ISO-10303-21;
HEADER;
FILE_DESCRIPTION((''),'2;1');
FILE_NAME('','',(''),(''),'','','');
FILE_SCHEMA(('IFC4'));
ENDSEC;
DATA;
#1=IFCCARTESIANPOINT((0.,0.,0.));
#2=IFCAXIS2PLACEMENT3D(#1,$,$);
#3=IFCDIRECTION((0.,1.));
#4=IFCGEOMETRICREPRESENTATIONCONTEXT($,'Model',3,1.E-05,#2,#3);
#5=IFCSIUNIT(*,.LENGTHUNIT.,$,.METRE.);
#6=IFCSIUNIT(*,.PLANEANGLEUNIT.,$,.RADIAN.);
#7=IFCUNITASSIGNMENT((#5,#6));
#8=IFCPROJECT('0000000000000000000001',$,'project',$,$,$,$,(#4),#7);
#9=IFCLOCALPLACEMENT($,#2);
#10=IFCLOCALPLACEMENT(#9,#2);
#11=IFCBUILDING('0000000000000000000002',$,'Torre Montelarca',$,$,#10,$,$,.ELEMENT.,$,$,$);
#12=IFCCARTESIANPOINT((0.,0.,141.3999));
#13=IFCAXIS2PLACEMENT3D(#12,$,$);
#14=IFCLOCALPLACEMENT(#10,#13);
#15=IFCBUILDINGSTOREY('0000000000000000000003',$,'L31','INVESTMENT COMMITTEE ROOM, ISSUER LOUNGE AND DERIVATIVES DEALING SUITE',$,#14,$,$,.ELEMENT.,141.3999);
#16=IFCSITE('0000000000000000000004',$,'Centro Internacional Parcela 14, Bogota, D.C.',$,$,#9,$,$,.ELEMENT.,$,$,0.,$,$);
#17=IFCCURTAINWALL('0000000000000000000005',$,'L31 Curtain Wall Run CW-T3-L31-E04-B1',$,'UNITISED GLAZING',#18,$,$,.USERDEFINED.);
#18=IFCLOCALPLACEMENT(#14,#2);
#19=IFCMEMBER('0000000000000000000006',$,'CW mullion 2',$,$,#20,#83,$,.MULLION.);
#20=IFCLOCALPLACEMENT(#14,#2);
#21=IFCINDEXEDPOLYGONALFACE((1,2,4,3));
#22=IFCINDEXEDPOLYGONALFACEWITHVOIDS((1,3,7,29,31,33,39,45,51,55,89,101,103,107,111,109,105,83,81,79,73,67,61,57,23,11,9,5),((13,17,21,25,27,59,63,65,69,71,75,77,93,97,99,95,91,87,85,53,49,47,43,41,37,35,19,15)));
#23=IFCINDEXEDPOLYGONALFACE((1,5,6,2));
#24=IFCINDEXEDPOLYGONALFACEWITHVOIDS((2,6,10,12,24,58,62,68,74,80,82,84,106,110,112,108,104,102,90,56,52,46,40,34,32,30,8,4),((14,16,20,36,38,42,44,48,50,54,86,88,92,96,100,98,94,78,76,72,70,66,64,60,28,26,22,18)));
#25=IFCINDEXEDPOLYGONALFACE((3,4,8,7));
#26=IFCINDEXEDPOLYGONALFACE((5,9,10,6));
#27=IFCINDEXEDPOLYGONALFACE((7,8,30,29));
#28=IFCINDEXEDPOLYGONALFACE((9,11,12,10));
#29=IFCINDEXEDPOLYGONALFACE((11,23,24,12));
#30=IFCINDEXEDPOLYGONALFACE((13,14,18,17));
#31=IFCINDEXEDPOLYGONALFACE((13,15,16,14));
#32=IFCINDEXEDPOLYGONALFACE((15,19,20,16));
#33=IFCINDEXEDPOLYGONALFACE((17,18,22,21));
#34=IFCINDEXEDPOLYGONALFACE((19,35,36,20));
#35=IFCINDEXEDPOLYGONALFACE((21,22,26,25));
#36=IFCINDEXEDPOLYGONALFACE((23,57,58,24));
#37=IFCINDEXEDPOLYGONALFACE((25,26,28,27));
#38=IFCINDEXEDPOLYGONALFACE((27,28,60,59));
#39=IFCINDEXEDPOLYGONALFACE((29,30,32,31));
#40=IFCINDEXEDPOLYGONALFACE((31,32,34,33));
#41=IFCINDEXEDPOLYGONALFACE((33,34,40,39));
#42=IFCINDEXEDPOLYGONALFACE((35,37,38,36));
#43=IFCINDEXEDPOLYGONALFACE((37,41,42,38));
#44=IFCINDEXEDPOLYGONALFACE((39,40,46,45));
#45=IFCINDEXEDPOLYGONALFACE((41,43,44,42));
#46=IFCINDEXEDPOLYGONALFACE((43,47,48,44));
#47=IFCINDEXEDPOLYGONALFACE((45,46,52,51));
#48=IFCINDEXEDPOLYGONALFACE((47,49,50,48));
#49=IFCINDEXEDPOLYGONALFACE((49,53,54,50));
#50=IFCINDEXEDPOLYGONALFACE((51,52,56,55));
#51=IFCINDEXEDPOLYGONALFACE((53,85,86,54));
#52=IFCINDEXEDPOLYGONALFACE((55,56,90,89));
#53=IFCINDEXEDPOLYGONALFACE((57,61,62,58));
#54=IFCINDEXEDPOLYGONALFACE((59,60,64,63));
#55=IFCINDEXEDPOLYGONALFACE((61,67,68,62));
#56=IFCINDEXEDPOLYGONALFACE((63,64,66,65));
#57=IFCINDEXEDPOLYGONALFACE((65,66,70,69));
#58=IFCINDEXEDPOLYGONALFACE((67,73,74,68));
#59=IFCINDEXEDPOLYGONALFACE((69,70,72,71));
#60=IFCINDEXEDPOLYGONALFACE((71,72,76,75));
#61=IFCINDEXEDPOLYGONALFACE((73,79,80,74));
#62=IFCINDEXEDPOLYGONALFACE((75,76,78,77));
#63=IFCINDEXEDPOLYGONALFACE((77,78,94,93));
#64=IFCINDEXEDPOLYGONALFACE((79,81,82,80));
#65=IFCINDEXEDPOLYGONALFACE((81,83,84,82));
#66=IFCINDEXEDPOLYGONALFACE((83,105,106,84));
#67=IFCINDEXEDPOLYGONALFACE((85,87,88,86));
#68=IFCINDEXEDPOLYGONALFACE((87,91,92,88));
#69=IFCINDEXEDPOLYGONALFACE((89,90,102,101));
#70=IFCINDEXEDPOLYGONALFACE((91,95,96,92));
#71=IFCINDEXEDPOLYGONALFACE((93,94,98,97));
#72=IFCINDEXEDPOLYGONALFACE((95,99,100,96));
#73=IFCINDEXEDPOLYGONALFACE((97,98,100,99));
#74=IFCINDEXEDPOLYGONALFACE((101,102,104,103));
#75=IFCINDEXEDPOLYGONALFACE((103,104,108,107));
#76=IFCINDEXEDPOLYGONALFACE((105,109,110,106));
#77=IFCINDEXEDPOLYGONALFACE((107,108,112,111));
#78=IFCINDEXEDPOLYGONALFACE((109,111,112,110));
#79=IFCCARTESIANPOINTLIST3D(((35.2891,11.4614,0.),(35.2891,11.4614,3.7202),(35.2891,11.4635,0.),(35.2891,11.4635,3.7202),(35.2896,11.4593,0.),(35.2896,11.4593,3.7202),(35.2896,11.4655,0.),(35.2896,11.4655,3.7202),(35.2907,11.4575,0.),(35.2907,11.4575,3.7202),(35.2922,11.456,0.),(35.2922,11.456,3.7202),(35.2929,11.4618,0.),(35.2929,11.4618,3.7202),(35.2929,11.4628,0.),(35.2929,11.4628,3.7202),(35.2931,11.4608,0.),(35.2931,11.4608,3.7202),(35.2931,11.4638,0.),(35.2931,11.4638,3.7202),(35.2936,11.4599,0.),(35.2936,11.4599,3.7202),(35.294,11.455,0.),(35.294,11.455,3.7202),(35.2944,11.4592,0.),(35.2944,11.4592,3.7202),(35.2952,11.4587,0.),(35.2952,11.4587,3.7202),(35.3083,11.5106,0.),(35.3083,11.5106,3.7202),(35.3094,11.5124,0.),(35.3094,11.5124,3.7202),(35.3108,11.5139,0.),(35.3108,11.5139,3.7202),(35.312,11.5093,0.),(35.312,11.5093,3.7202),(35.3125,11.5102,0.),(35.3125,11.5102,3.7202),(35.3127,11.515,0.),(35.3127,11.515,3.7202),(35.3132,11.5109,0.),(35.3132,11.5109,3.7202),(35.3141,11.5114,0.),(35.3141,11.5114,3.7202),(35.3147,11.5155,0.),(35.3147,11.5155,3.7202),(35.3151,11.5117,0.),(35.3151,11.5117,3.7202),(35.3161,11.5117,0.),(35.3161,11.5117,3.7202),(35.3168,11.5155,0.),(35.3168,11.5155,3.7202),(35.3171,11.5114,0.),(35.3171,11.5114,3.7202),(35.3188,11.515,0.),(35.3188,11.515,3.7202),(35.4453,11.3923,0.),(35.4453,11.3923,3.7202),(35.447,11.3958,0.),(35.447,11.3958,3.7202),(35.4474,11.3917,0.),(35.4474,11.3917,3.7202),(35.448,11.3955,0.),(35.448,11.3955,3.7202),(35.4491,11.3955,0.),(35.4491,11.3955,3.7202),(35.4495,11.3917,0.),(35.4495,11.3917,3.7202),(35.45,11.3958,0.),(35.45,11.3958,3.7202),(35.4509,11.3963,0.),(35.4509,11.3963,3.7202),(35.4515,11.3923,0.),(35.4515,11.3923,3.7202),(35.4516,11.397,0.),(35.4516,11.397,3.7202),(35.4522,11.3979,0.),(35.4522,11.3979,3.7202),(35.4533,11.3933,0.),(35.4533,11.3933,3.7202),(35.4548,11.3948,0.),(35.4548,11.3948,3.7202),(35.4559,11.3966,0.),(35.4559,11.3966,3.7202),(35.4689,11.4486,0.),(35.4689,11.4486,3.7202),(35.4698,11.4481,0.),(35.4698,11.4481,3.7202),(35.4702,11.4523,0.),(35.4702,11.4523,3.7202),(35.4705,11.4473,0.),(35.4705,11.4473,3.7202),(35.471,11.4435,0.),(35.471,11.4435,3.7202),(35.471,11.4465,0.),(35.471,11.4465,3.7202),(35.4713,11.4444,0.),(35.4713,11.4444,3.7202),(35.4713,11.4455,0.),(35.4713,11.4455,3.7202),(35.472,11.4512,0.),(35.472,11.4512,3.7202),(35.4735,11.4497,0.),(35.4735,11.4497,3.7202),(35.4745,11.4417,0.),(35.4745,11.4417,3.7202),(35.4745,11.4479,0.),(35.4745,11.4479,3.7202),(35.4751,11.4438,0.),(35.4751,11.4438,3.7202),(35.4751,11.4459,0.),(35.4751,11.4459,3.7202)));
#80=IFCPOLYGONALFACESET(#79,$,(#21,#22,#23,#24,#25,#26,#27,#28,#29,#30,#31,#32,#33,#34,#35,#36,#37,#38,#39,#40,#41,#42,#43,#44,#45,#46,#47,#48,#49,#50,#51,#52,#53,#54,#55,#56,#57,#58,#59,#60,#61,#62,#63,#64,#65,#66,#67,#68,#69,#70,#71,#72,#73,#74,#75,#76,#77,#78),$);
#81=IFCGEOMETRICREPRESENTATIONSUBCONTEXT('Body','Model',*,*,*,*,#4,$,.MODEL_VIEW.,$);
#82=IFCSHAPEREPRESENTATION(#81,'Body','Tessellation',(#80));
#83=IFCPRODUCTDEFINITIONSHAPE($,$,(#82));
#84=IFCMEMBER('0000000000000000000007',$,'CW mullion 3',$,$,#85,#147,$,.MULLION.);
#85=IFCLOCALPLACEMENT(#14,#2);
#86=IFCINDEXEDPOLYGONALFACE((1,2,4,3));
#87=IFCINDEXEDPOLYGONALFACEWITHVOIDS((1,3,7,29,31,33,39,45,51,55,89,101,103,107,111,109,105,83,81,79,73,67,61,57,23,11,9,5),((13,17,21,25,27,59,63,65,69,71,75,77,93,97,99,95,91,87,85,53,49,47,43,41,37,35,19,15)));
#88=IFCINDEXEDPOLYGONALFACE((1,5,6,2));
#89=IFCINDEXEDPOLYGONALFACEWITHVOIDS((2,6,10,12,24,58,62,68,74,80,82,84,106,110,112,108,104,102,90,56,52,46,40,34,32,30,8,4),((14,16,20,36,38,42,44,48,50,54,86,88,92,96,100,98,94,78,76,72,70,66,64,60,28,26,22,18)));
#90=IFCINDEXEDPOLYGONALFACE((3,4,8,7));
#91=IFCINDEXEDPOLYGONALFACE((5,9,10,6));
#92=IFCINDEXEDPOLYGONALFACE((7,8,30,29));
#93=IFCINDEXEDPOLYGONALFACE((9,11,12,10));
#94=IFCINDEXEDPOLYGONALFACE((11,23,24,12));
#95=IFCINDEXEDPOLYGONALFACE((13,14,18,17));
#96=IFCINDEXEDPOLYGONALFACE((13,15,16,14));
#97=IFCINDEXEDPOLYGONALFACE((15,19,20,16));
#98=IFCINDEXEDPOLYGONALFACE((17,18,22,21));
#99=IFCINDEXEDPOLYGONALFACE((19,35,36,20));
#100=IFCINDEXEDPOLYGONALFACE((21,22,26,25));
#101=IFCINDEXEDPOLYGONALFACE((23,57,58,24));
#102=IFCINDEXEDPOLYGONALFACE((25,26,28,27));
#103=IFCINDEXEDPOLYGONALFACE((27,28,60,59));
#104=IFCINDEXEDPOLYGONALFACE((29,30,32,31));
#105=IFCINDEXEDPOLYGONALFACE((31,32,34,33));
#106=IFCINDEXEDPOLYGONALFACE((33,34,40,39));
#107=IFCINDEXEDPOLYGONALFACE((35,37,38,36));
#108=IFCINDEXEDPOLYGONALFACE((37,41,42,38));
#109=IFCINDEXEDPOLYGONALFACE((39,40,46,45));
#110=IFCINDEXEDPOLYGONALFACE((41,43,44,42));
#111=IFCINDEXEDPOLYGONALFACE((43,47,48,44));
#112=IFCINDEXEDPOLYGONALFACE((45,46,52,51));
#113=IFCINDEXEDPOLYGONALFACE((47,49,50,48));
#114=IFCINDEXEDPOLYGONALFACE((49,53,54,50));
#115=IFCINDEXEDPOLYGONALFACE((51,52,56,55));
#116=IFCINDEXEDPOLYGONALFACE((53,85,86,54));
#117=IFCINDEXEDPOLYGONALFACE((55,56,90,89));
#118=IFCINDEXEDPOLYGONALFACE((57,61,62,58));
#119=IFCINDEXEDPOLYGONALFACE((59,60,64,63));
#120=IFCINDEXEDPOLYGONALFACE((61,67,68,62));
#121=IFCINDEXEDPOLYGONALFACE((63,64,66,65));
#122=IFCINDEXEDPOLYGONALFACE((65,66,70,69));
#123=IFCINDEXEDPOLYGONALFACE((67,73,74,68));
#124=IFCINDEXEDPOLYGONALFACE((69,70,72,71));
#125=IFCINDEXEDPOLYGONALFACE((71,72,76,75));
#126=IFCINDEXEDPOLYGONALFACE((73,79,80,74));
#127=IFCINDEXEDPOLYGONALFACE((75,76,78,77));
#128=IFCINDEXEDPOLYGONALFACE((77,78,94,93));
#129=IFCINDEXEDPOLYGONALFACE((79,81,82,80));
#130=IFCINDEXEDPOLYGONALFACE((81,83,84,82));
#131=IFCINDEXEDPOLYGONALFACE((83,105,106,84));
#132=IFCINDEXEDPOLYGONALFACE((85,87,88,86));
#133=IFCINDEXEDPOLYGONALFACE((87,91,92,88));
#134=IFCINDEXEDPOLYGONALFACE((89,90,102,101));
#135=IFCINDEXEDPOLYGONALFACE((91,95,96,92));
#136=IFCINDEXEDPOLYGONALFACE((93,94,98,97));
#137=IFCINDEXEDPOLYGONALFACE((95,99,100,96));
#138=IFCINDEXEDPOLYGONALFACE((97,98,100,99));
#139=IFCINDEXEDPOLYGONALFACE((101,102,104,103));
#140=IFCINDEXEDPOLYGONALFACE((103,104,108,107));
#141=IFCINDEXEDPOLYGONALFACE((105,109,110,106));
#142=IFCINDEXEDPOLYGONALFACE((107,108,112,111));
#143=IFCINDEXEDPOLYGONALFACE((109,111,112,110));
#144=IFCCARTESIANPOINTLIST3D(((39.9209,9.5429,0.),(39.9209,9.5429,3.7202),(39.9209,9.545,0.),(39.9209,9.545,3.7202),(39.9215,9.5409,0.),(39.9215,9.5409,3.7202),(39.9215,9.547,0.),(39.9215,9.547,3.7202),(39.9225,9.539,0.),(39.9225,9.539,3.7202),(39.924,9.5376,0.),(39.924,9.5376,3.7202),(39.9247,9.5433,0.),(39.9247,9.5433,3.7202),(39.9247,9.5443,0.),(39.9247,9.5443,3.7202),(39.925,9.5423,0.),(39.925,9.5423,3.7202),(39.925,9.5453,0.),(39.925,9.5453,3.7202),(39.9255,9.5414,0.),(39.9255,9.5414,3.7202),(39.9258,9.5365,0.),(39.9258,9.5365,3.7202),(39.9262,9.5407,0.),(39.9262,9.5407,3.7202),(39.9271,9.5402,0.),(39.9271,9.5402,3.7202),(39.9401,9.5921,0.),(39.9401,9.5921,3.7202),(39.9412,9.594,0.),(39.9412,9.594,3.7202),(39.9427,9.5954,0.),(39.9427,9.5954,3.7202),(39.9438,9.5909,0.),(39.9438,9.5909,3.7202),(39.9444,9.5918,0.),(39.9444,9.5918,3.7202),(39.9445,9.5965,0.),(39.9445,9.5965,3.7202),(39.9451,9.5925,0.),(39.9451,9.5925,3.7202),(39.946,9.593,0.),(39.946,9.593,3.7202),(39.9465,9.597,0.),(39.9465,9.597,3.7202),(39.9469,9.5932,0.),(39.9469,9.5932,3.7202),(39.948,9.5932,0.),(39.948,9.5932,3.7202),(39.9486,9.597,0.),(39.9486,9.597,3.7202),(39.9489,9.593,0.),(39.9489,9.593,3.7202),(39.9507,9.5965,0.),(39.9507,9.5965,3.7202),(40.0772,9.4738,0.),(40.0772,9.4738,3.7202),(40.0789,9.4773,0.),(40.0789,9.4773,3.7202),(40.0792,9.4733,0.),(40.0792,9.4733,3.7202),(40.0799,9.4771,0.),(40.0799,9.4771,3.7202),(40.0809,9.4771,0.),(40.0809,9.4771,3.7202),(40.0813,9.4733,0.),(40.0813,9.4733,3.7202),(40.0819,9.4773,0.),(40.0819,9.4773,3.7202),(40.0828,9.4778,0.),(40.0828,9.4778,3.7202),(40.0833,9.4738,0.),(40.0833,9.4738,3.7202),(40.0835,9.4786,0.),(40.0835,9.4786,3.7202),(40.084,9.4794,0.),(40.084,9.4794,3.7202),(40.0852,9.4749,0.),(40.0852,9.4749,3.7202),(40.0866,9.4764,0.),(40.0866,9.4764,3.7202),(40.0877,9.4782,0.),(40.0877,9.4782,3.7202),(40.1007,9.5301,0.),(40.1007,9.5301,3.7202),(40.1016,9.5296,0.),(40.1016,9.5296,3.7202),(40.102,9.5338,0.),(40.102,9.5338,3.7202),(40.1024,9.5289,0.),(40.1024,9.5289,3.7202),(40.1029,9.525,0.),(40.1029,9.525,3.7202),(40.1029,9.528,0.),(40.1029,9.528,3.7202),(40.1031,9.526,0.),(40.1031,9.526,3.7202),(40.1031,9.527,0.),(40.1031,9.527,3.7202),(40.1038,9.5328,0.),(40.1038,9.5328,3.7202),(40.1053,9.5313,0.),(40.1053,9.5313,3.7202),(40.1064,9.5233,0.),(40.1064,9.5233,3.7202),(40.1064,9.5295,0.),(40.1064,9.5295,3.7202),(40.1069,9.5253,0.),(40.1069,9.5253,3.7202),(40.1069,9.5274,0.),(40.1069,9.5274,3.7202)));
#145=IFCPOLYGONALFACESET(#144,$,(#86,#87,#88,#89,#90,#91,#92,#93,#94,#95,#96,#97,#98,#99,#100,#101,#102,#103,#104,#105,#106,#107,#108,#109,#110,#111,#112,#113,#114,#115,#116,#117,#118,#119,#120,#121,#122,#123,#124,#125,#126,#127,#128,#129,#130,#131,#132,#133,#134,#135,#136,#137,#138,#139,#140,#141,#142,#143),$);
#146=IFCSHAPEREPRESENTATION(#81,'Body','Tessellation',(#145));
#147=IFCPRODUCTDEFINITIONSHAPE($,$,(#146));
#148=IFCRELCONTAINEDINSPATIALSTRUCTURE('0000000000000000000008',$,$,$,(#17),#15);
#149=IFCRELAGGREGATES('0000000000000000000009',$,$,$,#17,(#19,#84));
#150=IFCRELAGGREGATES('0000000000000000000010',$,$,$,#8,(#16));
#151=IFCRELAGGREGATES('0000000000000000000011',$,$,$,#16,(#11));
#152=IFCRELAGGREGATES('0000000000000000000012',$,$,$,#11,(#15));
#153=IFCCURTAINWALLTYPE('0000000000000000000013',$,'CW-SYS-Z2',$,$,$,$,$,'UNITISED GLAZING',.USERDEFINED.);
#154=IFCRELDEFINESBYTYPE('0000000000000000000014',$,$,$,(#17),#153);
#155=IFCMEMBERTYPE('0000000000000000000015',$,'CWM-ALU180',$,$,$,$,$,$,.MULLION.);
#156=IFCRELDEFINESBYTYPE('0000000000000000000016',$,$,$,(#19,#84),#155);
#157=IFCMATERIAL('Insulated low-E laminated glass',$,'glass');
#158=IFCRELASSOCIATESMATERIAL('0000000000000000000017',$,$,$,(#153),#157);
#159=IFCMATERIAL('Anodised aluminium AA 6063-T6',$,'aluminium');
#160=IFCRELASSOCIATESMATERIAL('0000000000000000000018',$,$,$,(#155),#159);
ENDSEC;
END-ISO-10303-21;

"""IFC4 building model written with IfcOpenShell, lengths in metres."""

from ifc_helpers import new_model, si_unit, direction, frame, origin, origin_2d, place, context, subcontext, project, spatial, hollow_rectangle, extrude, source, transform, mapped, material, material_profile, profile_set, type_object, element, aggregate, save


model = new_model("IFC4")

# Units and contexts
model_context = context("Model", 3, precision=1e-05, world=origin(), true_north=direction((0.0, 1.0)))
body_context = subcontext(model_context, "Body", "Model", "MODEL_VIEW")
ifc_project = project(units=[si_unit("LENGTHUNIT", "METRE"), si_unit("PLANEANGLEUNIT", "RADIAN")], contexts=[model_context])

# Site, building, storey
site_placement = place(None, origin())
site = spatial("IfcSite", under=ifc_project, at=site_placement, Name="Centro Internacional Parcela 14, Bogota, D.C.", CompositionType="ELEMENT", RefElevation=0.0)
building_placement = place(site_placement, origin())
building = spatial("IfcBuilding", under=site, at=building_placement, Name="Torre Montelarca", CompositionType="ELEMENT")
storey_placement = place(building_placement, frame((0.0, 0.0, 141.3999)))
storey = spatial("IfcBuildingStorey", under=building, at=storey_placement, Name="L31", Description="INVESTMENT COMMITTEE ROOM, ISSUER LOUNGE AND DERIVATIVES DEALING SUITE", CompositionType="ELEMENT", Elevation=141.3999)

# Curtain wall, members
ifc_material_1 = material(Name="Insulated low-E laminated glass", Category="glass")
curtain_wall_type = type_object("IfcCurtainWallType", Name="CW-SYS-Z2", ElementType="UNITISED GLAZING", PredefinedType="USERDEFINED", material=ifc_material_1)
ifc_material_2 = material(Name="Anodised aluminium AA 6063-T6", Category="aluminium")
curtain_wall_1_placement = place(storey_placement, origin())
curtain_wall_1 = element("IfcCurtainWall", 1, at=curtain_wall_1_placement, inside=storey, type_object=curtain_wall_type, Name="L31 Curtain Wall Run CW-T3-L31-E04-B1", ObjectType="UNITISED GLAZING", PredefinedType="USERDEFINED")
ifc_material_profile_1 = material_profile(ifc_material_2, hollow_rectangle(XDim=0.0649, YDim=0.1799, WallThickness=0.0039, InnerFilletRadius=0.0039, OuterFilletRadius=0.0081, at=origin_2d()), Name="ALU65X180X4", Category="aluminium")
ifc_profile_set_1 = profile_set([ifc_material_profile_1], Name="Anodised aluminium AA 6063-T6")
member_type_1 = type_object("IfcMemberType", Name="CWM-ALU180", PredefinedType="MULLION", material=ifc_profile_set_1)
shared_shape_1 = source(origin(), body_context, "Body", "SweptSolid", [
    extrude(hollow_rectangle(XDim=0.0649, YDim=0.1799, WallThickness=0.0039, InnerFilletRadius=0.0039, OuterFilletRadius=0.0081, at=origin_2d()), origin(), (0.0, 0.0, 1.0), 3.7202),
])
member_1_placement = place(storey_placement, frame((35.3821, 11.4536, 0.0), z_axis=(0.0, 0.0, 1.0), x_axis=(0.382671, 0.923885, 0.0)))
member_1 = element("IfcMember", 2, at=member_1_placement, type_object=member_type_1, Name="CW mullion 2", PredefinedType="MULLION", context=body_context, shape_type="MappedRepresentation", body=[
    mapped(shared_shape_1, transform((0.0, 0.0, 0.0), scale=1.0)),
])
member_2_placement = place(storey_placement, frame((40.0139, 9.5352, 0.0), z_axis=(0.0, 0.0, 1.0), x_axis=(0.382671, 0.923885, 0.0)))
member_2 = element("IfcMember", 3, at=member_2_placement, type_object=member_type_1, Name="CW mullion 3", PredefinedType="MULLION", context=body_context, shape_type="MappedRepresentation", body=[
    mapped(shared_shape_1, transform((0.0, 0.0, 0.0), scale=1.0)),
])

aggregate(curtain_wall_1, [member_1, member_2])

save(model, "model.ifc")
